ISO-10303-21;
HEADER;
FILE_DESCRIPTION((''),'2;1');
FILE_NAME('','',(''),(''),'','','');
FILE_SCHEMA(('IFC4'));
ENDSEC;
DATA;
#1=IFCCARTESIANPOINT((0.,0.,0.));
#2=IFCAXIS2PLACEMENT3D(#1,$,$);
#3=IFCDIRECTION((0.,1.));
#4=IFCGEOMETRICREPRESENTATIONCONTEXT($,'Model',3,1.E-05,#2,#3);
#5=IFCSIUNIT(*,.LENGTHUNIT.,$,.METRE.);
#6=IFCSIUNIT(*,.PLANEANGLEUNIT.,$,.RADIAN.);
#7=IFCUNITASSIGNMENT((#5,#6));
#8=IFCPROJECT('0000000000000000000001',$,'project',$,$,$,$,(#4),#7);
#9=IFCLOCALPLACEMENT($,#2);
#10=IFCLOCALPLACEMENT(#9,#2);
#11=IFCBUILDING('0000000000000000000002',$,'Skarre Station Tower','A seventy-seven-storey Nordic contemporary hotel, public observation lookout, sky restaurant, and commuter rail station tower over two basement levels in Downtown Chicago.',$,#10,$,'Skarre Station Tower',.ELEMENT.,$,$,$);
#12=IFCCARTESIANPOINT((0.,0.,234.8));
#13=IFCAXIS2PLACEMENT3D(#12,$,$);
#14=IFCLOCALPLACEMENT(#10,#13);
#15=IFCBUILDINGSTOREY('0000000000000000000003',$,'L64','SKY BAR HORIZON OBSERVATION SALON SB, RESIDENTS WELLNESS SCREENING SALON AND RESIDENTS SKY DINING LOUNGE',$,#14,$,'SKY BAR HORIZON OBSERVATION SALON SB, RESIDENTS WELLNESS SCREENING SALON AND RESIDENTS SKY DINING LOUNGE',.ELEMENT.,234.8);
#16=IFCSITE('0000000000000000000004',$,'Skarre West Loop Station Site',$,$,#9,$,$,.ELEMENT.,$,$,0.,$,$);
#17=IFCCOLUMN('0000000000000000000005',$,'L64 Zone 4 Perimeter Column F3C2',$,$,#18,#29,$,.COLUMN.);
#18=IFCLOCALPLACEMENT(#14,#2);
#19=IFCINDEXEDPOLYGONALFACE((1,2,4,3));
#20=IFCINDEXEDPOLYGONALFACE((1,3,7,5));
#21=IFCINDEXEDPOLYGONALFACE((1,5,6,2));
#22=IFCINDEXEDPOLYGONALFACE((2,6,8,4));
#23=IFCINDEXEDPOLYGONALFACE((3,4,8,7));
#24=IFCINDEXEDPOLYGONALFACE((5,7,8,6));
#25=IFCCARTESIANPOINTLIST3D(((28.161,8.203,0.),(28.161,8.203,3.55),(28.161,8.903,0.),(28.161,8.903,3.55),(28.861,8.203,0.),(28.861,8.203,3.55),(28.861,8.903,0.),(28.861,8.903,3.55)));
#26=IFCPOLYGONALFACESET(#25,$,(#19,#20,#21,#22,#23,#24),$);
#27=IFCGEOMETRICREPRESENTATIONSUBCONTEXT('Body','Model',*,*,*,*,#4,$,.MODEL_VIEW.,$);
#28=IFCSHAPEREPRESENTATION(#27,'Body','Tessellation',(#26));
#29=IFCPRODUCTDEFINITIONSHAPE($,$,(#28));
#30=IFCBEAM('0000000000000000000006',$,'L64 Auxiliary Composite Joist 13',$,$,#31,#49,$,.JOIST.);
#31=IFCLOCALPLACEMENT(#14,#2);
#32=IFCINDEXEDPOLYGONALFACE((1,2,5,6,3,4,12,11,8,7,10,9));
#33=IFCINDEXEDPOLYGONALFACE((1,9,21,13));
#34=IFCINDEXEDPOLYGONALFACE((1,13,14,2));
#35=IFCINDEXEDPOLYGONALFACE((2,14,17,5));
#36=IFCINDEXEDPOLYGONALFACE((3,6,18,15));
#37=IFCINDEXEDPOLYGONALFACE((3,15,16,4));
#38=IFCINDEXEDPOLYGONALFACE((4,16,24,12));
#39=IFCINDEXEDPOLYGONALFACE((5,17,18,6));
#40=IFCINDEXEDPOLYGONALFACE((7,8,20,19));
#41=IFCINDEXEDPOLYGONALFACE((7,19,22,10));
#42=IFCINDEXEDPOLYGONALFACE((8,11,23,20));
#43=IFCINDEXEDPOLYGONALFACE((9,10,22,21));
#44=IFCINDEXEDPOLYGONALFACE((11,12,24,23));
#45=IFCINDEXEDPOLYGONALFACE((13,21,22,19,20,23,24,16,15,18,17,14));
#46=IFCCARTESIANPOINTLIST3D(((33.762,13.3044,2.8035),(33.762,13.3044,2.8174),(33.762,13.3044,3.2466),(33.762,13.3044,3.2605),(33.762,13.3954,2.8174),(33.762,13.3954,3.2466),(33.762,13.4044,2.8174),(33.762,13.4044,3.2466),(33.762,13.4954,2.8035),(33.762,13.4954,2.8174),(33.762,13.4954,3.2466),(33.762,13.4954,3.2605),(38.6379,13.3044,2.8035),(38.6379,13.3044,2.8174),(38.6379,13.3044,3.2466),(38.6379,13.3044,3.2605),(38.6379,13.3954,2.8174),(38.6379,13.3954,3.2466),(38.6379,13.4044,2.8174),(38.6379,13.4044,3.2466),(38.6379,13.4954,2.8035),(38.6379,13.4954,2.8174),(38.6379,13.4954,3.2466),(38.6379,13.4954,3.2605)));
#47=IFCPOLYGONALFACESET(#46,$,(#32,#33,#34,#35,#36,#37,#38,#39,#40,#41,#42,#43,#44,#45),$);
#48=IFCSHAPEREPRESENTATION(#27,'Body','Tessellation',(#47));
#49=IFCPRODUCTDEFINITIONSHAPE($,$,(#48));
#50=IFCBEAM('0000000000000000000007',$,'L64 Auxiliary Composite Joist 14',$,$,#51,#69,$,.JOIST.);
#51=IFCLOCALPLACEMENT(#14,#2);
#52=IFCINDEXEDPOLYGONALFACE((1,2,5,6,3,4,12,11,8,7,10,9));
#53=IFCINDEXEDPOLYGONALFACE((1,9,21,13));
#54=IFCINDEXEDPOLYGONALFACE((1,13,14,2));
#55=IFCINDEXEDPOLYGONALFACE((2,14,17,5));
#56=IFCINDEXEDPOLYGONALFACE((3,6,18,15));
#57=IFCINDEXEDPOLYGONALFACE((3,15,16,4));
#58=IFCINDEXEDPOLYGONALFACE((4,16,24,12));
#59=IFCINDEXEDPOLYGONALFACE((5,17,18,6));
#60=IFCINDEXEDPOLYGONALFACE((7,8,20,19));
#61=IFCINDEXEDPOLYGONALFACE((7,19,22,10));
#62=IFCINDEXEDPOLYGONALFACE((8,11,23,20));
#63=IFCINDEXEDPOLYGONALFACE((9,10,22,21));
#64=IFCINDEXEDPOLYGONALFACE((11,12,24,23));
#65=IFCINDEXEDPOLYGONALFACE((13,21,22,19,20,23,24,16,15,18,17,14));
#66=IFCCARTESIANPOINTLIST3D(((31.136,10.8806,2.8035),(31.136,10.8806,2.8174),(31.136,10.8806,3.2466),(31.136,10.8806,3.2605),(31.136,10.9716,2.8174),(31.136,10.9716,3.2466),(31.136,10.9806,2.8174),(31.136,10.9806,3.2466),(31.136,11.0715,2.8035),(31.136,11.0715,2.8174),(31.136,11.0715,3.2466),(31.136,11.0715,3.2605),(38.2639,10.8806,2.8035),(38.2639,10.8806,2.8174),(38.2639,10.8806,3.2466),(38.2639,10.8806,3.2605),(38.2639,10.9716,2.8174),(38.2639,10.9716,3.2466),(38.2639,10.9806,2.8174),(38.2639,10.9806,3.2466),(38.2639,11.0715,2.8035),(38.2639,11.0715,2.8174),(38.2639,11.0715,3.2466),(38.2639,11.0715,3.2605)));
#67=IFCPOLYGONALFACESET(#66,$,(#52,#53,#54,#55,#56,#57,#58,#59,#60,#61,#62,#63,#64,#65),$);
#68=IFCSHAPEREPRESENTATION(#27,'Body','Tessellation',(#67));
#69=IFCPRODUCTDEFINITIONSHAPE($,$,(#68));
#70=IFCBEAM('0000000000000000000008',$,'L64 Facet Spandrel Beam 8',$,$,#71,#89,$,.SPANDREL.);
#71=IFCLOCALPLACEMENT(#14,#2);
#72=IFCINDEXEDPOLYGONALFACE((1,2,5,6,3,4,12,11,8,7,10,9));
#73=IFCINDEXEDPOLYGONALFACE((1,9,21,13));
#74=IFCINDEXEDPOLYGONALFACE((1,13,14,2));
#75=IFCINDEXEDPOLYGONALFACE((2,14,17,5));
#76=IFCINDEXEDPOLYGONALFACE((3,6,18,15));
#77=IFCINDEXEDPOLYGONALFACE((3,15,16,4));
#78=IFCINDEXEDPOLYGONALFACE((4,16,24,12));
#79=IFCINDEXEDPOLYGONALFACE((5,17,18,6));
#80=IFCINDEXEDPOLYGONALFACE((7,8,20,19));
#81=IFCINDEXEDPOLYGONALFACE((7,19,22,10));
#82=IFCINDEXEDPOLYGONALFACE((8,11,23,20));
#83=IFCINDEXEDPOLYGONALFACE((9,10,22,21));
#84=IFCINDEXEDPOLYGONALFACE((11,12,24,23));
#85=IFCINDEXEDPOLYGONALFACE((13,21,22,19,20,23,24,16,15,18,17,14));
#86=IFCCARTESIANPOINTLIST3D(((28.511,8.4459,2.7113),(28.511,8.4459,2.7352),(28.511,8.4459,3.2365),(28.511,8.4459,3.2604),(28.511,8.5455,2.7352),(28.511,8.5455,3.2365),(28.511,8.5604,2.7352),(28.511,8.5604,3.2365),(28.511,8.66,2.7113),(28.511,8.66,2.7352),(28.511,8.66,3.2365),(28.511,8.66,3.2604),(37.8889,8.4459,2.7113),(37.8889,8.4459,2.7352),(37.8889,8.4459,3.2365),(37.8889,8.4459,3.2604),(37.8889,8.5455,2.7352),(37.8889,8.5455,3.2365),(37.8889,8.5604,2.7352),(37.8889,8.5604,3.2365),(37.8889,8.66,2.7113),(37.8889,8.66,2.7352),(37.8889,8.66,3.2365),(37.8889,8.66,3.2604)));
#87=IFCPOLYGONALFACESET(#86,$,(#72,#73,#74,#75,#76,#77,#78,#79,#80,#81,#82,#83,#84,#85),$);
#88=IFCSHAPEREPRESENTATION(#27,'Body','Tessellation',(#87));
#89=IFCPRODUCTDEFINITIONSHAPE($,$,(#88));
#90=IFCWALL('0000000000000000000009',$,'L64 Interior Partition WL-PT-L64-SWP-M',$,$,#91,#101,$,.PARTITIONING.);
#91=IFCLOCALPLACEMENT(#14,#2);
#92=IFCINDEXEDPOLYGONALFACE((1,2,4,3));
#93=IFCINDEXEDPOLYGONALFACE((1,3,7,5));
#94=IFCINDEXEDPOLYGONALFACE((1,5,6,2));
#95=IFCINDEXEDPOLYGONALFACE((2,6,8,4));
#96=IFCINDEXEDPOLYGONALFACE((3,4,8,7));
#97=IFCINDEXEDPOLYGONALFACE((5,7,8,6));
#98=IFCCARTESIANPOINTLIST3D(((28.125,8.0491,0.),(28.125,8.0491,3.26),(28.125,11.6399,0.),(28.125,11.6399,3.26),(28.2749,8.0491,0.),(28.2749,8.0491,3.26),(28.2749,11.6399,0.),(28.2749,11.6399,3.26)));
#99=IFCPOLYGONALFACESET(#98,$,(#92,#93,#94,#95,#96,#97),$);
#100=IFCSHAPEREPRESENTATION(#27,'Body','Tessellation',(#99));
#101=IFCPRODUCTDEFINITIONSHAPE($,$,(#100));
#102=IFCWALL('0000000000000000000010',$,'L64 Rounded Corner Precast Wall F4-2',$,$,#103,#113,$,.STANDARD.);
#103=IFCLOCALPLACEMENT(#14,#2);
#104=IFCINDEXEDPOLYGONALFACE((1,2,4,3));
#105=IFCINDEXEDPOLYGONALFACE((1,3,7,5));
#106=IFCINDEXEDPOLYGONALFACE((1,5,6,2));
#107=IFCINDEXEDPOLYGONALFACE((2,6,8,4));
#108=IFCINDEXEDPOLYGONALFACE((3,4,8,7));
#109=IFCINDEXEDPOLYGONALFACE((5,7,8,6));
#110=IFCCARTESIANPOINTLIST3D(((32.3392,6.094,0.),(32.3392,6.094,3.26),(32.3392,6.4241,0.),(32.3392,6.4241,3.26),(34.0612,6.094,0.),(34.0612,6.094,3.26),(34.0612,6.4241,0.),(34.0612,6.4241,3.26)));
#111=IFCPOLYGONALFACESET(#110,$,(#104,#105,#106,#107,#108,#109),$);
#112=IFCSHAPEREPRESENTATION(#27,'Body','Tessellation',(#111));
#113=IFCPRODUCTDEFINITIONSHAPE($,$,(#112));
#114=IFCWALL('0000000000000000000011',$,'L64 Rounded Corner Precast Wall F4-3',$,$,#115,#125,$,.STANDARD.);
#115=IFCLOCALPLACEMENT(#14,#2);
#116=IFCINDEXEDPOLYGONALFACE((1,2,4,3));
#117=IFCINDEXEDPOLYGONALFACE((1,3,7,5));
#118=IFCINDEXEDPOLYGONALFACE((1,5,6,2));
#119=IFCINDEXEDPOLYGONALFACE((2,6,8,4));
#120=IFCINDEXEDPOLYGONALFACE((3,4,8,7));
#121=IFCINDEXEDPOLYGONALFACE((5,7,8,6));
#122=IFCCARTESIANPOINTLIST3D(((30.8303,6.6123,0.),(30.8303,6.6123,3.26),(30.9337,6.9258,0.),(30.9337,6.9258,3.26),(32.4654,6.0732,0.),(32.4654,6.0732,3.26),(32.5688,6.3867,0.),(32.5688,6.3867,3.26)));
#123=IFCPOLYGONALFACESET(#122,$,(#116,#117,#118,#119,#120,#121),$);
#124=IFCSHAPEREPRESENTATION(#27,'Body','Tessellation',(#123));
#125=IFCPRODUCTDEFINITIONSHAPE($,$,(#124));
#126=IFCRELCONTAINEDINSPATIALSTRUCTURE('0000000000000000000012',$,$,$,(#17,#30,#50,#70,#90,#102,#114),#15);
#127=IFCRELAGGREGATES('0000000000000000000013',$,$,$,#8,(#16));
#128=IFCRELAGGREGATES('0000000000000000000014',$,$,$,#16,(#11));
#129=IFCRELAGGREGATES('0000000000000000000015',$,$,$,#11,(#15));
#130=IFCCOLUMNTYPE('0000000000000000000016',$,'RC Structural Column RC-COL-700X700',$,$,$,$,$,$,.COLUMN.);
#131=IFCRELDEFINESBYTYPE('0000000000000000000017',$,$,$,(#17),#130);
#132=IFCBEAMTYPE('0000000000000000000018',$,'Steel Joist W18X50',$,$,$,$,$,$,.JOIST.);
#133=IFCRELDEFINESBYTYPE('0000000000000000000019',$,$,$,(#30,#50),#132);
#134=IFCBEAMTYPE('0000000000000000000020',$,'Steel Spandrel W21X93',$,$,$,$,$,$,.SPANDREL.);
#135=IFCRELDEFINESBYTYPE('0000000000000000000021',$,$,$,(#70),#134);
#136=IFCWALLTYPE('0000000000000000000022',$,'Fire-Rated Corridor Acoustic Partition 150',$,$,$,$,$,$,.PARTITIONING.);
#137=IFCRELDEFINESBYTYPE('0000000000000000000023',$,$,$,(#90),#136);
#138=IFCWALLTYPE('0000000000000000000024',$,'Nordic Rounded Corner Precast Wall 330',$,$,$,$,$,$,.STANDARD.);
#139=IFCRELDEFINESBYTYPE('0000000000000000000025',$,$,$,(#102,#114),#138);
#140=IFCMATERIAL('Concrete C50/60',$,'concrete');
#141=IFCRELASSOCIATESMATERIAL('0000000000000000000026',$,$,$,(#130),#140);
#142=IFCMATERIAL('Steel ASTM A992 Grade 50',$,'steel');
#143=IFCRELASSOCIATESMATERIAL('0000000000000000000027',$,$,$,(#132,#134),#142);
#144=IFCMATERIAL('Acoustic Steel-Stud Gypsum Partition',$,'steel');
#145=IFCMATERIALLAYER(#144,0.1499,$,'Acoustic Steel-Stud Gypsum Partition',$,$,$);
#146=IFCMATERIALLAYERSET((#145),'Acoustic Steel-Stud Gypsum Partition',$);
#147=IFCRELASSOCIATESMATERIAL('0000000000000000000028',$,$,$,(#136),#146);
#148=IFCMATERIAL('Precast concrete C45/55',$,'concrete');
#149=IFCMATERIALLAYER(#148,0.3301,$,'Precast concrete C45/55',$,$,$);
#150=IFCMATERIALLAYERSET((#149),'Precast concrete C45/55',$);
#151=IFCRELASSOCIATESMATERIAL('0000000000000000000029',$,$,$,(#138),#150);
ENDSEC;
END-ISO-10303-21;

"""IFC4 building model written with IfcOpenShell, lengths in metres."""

from ifc_helpers import new_model, si_unit, direction, frame, frame_2d, origin, origin_2d, place, context, subcontext, project, spatial, rectangle, i_section, extrude, material, layer, layer_set, material_profile, profile_set, type_object, element, save


model = new_model("IFC4")

# Units and contexts
model_context = context("Model", 3, precision=1e-05, world=origin(), true_north=direction((0.0, 1.0)))
body_context = subcontext(model_context, "Body", "Model", "MODEL_VIEW")
ifc_project = project(units=[si_unit("LENGTHUNIT", "METRE"), si_unit("PLANEANGLEUNIT", "RADIAN")], contexts=[model_context])

# Site, building, storey
site_placement = place(None, origin())
site = spatial("IfcSite", under=ifc_project, at=site_placement, Name="Skarre West Loop Station Site", CompositionType="ELEMENT", RefElevation=0.0)
building_placement = place(site_placement, origin())
building = spatial("IfcBuilding", under=site, at=building_placement, Name="Skarre Station Tower", Description="A seventy-seven-storey Nordic contemporary hotel, public observation lookout, sky restaurant, and commuter rail station tower over two basement levels in Downtown Chicago.", LongName="Skarre Station Tower", CompositionType="ELEMENT")
storey_placement = place(building_placement, frame((0.0, 0.0, 234.8)))
storey = spatial("IfcBuildingStorey", under=building, at=storey_placement, Name="L64", Description="SKY BAR HORIZON OBSERVATION SALON SB, RESIDENTS WELLNESS SCREENING SALON AND RESIDENTS SKY DINING LOUNGE", LongName="SKY BAR HORIZON OBSERVATION SALON SB, RESIDENTS WELLNESS SCREENING SALON AND RESIDENTS SKY DINING LOUNGE", CompositionType="ELEMENT", Elevation=234.8)

# Column
ifc_material_1 = material(Name="Concrete C50/60", Category="concrete")
ifc_material_profile_1 = material_profile(ifc_material_1, rectangle(XDim=0.7, YDim=0.7, at=origin_2d()), Name="Concrete C50/60")
ifc_profile_set_1 = profile_set([ifc_material_profile_1], Name="Concrete C50/60")
column_type = type_object("IfcColumnType", Name="RC Structural Column RC-COL-700X700", PredefinedType="COLUMN", material=ifc_profile_set_1)
column_placement = place(storey_placement, frame((28.511, 8.553, 0.0), z_axis=(0.0, 0.0, 1.0), x_axis=(1.0, 0.0, 0.0)))
element("IfcColumn", 1, at=column_placement, inside=storey, type_object=column_type, Name="L64 Zone 4 Perimeter Column F3C2", PredefinedType="COLUMN", context=body_context, shape_type="SweptSolid", body=[
    extrude(rectangle(XDim=0.7, YDim=0.7, at=origin_2d()), origin(), (0.0, 0.0, 1.0), 3.55),
])

# Beams
ifc_material_2 = material(Name="Steel ASTM A992 Grade 50", Category="steel")
ifc_material_profile_2 = material_profile(ifc_material_2, i_section(OverallWidth=0.1909, OverallDepth=0.457, WebThickness=0.009, FlangeThickness=0.0139, at=origin_2d()), Name="Steel ASTM A992 Grade 50")
ifc_profile_set_2 = profile_set([ifc_material_profile_2], Name="Steel ASTM A992 Grade 50")
beam_type_1 = type_object("IfcBeamType", Name="Steel Joist W18X50", PredefinedType="JOIST", material=ifc_profile_set_2)
beam_1_placement = place(storey_placement, frame((33.762, 13.3999, 3.032), z_axis=(1.0, 0.0, 0.0), x_axis=(0.0, 1.0, 0.0)))
element("IfcBeam", 2, at=beam_1_placement, inside=storey, type_object=beam_type_1, Name="L64 Auxiliary Composite Joist 13", PredefinedType="JOIST", context=body_context, shape_type="SweptSolid", body=[
    extrude(i_section(OverallWidth=0.1909, OverallDepth=0.457, WebThickness=0.009, FlangeThickness=0.0139, at=origin_2d()), origin(), (0.0, 0.0, 1.0), 4.876),
])
beam_2_placement = place(storey_placement, frame((31.136, 10.9761, 3.032), z_axis=(1.0, 0.0, 0.0), x_axis=(0.0, 1.0, 0.0)))
element("IfcBeam", 3, at=beam_2_placement, inside=storey, type_object=beam_type_1, Name="L64 Auxiliary Composite Joist 14", PredefinedType="JOIST", context=body_context, shape_type="SweptSolid", body=[
    extrude(i_section(OverallWidth=0.1909, OverallDepth=0.457, WebThickness=0.009, FlangeThickness=0.0139, at=origin_2d()), origin(), (0.0, 0.0, 1.0), 7.1279),
])
ifc_material_profile_3 = material_profile(ifc_material_2, i_section(OverallWidth=0.2141, OverallDepth=0.5491, WebThickness=0.0149, FlangeThickness=0.0239, at=origin_2d()), Name="Steel ASTM A992 Grade 50")
ifc_profile_set_3 = profile_set([ifc_material_profile_3], Name="Steel ASTM A992 Grade 50")
beam_type_2 = type_object("IfcBeamType", Name="Steel Spandrel W21X93", PredefinedType="SPANDREL", material=ifc_profile_set_3)
beam_3_placement = place(storey_placement, frame((28.511, 8.553, 2.9858), z_axis=(1.0, 0.0, 0.0), x_axis=(0.0, 1.0, 0.0)))
element("IfcBeam", 4, at=beam_3_placement, inside=storey, type_object=beam_type_2, Name="L64 Facet Spandrel Beam 8", PredefinedType="SPANDREL", context=body_context, shape_type="SweptSolid", body=[
    extrude(i_section(OverallWidth=0.2141, OverallDepth=0.5491, WebThickness=0.0149, FlangeThickness=0.0239, at=origin_2d()), origin(), (0.0, 0.0, 1.0), 9.3779),
])

# Walls
ifc_material_3 = material(Name="Acoustic Steel-Stud Gypsum Partition", Category="steel")
ifc_layer_1 = layer(ifc_material_3, 0.1499, Name="Acoustic Steel-Stud Gypsum Partition")
ifc_layer_set_1 = layer_set([ifc_layer_1], Name="Acoustic Steel-Stud Gypsum Partition")
wall_type_1 = type_object("IfcWallType", Name="Fire-Rated Corridor Acoustic Partition 150", PredefinedType="PARTITIONING", material=ifc_layer_set_1)
wall_1_placement = place(storey_placement, frame((28.2, 8.0491, 0.0), z_axis=(0.0, 0.0, 1.0), x_axis=(0.0, 1.0, 0.0)))
element("IfcWall", 5, at=wall_1_placement, inside=storey, type_object=wall_type_1, Name="L64 Interior Partition WL-PT-L64-SWP-M", PredefinedType="PARTITIONING", context=body_context, shape_type="SweptSolid", body=[
    extrude(rectangle(XDim=3.5908, YDim=0.1499, at=frame_2d((1.7954, 0.0))), origin(), (0.0, 0.0, 1.0), 3.26),
])
ifc_material_4 = material(Name="Precast concrete C45/55", Category="concrete")
ifc_layer_2 = layer(ifc_material_4, 0.3301, Name="Precast concrete C45/55")
ifc_layer_set_2 = layer_set([ifc_layer_2], Name="Precast concrete C45/55")
wall_type_2 = type_object("IfcWallType", Name="Nordic Rounded Corner Precast Wall 330", PredefinedType="STANDARD", material=ifc_layer_set_2)
wall_2_placement = place(storey_placement, frame((34.061, 6.259, 0.0), z_axis=(0.0, 0.0, 1.0), x_axis=(-1.0, 0.0, 0.0)))
element("IfcWall", 6, at=wall_2_placement, inside=storey, type_object=wall_type_2, Name="L64 Rounded Corner Precast Wall F4-2", PredefinedType="STANDARD", context=body_context, shape_type="SweptSolid", body=[
    extrude(rectangle(XDim=1.7219, YDim=0.3301, at=frame_2d((0.8608, 0.0))), origin(), (0.0, 0.0, 1.0), 3.26),
])
wall_3_placement = place(storey_placement, frame((32.5171, 6.23, 0.0), z_axis=(0.0, 0.0, 1.0), x_axis=(-0.949713, 0.31312, 0.0)))
element("IfcWall", 7, at=wall_3_placement, inside=storey, type_object=wall_type_2, Name="L64 Rounded Corner Precast Wall F4-3", PredefinedType="STANDARD", context=body_context, shape_type="SweptSolid", body=[
    extrude(rectangle(XDim=1.7217, YDim=0.3301, at=frame_2d((0.8608, 0.0))), origin(), (0.0, 0.0, 1.0), 3.26),
])

save(model, "model.ifc")
